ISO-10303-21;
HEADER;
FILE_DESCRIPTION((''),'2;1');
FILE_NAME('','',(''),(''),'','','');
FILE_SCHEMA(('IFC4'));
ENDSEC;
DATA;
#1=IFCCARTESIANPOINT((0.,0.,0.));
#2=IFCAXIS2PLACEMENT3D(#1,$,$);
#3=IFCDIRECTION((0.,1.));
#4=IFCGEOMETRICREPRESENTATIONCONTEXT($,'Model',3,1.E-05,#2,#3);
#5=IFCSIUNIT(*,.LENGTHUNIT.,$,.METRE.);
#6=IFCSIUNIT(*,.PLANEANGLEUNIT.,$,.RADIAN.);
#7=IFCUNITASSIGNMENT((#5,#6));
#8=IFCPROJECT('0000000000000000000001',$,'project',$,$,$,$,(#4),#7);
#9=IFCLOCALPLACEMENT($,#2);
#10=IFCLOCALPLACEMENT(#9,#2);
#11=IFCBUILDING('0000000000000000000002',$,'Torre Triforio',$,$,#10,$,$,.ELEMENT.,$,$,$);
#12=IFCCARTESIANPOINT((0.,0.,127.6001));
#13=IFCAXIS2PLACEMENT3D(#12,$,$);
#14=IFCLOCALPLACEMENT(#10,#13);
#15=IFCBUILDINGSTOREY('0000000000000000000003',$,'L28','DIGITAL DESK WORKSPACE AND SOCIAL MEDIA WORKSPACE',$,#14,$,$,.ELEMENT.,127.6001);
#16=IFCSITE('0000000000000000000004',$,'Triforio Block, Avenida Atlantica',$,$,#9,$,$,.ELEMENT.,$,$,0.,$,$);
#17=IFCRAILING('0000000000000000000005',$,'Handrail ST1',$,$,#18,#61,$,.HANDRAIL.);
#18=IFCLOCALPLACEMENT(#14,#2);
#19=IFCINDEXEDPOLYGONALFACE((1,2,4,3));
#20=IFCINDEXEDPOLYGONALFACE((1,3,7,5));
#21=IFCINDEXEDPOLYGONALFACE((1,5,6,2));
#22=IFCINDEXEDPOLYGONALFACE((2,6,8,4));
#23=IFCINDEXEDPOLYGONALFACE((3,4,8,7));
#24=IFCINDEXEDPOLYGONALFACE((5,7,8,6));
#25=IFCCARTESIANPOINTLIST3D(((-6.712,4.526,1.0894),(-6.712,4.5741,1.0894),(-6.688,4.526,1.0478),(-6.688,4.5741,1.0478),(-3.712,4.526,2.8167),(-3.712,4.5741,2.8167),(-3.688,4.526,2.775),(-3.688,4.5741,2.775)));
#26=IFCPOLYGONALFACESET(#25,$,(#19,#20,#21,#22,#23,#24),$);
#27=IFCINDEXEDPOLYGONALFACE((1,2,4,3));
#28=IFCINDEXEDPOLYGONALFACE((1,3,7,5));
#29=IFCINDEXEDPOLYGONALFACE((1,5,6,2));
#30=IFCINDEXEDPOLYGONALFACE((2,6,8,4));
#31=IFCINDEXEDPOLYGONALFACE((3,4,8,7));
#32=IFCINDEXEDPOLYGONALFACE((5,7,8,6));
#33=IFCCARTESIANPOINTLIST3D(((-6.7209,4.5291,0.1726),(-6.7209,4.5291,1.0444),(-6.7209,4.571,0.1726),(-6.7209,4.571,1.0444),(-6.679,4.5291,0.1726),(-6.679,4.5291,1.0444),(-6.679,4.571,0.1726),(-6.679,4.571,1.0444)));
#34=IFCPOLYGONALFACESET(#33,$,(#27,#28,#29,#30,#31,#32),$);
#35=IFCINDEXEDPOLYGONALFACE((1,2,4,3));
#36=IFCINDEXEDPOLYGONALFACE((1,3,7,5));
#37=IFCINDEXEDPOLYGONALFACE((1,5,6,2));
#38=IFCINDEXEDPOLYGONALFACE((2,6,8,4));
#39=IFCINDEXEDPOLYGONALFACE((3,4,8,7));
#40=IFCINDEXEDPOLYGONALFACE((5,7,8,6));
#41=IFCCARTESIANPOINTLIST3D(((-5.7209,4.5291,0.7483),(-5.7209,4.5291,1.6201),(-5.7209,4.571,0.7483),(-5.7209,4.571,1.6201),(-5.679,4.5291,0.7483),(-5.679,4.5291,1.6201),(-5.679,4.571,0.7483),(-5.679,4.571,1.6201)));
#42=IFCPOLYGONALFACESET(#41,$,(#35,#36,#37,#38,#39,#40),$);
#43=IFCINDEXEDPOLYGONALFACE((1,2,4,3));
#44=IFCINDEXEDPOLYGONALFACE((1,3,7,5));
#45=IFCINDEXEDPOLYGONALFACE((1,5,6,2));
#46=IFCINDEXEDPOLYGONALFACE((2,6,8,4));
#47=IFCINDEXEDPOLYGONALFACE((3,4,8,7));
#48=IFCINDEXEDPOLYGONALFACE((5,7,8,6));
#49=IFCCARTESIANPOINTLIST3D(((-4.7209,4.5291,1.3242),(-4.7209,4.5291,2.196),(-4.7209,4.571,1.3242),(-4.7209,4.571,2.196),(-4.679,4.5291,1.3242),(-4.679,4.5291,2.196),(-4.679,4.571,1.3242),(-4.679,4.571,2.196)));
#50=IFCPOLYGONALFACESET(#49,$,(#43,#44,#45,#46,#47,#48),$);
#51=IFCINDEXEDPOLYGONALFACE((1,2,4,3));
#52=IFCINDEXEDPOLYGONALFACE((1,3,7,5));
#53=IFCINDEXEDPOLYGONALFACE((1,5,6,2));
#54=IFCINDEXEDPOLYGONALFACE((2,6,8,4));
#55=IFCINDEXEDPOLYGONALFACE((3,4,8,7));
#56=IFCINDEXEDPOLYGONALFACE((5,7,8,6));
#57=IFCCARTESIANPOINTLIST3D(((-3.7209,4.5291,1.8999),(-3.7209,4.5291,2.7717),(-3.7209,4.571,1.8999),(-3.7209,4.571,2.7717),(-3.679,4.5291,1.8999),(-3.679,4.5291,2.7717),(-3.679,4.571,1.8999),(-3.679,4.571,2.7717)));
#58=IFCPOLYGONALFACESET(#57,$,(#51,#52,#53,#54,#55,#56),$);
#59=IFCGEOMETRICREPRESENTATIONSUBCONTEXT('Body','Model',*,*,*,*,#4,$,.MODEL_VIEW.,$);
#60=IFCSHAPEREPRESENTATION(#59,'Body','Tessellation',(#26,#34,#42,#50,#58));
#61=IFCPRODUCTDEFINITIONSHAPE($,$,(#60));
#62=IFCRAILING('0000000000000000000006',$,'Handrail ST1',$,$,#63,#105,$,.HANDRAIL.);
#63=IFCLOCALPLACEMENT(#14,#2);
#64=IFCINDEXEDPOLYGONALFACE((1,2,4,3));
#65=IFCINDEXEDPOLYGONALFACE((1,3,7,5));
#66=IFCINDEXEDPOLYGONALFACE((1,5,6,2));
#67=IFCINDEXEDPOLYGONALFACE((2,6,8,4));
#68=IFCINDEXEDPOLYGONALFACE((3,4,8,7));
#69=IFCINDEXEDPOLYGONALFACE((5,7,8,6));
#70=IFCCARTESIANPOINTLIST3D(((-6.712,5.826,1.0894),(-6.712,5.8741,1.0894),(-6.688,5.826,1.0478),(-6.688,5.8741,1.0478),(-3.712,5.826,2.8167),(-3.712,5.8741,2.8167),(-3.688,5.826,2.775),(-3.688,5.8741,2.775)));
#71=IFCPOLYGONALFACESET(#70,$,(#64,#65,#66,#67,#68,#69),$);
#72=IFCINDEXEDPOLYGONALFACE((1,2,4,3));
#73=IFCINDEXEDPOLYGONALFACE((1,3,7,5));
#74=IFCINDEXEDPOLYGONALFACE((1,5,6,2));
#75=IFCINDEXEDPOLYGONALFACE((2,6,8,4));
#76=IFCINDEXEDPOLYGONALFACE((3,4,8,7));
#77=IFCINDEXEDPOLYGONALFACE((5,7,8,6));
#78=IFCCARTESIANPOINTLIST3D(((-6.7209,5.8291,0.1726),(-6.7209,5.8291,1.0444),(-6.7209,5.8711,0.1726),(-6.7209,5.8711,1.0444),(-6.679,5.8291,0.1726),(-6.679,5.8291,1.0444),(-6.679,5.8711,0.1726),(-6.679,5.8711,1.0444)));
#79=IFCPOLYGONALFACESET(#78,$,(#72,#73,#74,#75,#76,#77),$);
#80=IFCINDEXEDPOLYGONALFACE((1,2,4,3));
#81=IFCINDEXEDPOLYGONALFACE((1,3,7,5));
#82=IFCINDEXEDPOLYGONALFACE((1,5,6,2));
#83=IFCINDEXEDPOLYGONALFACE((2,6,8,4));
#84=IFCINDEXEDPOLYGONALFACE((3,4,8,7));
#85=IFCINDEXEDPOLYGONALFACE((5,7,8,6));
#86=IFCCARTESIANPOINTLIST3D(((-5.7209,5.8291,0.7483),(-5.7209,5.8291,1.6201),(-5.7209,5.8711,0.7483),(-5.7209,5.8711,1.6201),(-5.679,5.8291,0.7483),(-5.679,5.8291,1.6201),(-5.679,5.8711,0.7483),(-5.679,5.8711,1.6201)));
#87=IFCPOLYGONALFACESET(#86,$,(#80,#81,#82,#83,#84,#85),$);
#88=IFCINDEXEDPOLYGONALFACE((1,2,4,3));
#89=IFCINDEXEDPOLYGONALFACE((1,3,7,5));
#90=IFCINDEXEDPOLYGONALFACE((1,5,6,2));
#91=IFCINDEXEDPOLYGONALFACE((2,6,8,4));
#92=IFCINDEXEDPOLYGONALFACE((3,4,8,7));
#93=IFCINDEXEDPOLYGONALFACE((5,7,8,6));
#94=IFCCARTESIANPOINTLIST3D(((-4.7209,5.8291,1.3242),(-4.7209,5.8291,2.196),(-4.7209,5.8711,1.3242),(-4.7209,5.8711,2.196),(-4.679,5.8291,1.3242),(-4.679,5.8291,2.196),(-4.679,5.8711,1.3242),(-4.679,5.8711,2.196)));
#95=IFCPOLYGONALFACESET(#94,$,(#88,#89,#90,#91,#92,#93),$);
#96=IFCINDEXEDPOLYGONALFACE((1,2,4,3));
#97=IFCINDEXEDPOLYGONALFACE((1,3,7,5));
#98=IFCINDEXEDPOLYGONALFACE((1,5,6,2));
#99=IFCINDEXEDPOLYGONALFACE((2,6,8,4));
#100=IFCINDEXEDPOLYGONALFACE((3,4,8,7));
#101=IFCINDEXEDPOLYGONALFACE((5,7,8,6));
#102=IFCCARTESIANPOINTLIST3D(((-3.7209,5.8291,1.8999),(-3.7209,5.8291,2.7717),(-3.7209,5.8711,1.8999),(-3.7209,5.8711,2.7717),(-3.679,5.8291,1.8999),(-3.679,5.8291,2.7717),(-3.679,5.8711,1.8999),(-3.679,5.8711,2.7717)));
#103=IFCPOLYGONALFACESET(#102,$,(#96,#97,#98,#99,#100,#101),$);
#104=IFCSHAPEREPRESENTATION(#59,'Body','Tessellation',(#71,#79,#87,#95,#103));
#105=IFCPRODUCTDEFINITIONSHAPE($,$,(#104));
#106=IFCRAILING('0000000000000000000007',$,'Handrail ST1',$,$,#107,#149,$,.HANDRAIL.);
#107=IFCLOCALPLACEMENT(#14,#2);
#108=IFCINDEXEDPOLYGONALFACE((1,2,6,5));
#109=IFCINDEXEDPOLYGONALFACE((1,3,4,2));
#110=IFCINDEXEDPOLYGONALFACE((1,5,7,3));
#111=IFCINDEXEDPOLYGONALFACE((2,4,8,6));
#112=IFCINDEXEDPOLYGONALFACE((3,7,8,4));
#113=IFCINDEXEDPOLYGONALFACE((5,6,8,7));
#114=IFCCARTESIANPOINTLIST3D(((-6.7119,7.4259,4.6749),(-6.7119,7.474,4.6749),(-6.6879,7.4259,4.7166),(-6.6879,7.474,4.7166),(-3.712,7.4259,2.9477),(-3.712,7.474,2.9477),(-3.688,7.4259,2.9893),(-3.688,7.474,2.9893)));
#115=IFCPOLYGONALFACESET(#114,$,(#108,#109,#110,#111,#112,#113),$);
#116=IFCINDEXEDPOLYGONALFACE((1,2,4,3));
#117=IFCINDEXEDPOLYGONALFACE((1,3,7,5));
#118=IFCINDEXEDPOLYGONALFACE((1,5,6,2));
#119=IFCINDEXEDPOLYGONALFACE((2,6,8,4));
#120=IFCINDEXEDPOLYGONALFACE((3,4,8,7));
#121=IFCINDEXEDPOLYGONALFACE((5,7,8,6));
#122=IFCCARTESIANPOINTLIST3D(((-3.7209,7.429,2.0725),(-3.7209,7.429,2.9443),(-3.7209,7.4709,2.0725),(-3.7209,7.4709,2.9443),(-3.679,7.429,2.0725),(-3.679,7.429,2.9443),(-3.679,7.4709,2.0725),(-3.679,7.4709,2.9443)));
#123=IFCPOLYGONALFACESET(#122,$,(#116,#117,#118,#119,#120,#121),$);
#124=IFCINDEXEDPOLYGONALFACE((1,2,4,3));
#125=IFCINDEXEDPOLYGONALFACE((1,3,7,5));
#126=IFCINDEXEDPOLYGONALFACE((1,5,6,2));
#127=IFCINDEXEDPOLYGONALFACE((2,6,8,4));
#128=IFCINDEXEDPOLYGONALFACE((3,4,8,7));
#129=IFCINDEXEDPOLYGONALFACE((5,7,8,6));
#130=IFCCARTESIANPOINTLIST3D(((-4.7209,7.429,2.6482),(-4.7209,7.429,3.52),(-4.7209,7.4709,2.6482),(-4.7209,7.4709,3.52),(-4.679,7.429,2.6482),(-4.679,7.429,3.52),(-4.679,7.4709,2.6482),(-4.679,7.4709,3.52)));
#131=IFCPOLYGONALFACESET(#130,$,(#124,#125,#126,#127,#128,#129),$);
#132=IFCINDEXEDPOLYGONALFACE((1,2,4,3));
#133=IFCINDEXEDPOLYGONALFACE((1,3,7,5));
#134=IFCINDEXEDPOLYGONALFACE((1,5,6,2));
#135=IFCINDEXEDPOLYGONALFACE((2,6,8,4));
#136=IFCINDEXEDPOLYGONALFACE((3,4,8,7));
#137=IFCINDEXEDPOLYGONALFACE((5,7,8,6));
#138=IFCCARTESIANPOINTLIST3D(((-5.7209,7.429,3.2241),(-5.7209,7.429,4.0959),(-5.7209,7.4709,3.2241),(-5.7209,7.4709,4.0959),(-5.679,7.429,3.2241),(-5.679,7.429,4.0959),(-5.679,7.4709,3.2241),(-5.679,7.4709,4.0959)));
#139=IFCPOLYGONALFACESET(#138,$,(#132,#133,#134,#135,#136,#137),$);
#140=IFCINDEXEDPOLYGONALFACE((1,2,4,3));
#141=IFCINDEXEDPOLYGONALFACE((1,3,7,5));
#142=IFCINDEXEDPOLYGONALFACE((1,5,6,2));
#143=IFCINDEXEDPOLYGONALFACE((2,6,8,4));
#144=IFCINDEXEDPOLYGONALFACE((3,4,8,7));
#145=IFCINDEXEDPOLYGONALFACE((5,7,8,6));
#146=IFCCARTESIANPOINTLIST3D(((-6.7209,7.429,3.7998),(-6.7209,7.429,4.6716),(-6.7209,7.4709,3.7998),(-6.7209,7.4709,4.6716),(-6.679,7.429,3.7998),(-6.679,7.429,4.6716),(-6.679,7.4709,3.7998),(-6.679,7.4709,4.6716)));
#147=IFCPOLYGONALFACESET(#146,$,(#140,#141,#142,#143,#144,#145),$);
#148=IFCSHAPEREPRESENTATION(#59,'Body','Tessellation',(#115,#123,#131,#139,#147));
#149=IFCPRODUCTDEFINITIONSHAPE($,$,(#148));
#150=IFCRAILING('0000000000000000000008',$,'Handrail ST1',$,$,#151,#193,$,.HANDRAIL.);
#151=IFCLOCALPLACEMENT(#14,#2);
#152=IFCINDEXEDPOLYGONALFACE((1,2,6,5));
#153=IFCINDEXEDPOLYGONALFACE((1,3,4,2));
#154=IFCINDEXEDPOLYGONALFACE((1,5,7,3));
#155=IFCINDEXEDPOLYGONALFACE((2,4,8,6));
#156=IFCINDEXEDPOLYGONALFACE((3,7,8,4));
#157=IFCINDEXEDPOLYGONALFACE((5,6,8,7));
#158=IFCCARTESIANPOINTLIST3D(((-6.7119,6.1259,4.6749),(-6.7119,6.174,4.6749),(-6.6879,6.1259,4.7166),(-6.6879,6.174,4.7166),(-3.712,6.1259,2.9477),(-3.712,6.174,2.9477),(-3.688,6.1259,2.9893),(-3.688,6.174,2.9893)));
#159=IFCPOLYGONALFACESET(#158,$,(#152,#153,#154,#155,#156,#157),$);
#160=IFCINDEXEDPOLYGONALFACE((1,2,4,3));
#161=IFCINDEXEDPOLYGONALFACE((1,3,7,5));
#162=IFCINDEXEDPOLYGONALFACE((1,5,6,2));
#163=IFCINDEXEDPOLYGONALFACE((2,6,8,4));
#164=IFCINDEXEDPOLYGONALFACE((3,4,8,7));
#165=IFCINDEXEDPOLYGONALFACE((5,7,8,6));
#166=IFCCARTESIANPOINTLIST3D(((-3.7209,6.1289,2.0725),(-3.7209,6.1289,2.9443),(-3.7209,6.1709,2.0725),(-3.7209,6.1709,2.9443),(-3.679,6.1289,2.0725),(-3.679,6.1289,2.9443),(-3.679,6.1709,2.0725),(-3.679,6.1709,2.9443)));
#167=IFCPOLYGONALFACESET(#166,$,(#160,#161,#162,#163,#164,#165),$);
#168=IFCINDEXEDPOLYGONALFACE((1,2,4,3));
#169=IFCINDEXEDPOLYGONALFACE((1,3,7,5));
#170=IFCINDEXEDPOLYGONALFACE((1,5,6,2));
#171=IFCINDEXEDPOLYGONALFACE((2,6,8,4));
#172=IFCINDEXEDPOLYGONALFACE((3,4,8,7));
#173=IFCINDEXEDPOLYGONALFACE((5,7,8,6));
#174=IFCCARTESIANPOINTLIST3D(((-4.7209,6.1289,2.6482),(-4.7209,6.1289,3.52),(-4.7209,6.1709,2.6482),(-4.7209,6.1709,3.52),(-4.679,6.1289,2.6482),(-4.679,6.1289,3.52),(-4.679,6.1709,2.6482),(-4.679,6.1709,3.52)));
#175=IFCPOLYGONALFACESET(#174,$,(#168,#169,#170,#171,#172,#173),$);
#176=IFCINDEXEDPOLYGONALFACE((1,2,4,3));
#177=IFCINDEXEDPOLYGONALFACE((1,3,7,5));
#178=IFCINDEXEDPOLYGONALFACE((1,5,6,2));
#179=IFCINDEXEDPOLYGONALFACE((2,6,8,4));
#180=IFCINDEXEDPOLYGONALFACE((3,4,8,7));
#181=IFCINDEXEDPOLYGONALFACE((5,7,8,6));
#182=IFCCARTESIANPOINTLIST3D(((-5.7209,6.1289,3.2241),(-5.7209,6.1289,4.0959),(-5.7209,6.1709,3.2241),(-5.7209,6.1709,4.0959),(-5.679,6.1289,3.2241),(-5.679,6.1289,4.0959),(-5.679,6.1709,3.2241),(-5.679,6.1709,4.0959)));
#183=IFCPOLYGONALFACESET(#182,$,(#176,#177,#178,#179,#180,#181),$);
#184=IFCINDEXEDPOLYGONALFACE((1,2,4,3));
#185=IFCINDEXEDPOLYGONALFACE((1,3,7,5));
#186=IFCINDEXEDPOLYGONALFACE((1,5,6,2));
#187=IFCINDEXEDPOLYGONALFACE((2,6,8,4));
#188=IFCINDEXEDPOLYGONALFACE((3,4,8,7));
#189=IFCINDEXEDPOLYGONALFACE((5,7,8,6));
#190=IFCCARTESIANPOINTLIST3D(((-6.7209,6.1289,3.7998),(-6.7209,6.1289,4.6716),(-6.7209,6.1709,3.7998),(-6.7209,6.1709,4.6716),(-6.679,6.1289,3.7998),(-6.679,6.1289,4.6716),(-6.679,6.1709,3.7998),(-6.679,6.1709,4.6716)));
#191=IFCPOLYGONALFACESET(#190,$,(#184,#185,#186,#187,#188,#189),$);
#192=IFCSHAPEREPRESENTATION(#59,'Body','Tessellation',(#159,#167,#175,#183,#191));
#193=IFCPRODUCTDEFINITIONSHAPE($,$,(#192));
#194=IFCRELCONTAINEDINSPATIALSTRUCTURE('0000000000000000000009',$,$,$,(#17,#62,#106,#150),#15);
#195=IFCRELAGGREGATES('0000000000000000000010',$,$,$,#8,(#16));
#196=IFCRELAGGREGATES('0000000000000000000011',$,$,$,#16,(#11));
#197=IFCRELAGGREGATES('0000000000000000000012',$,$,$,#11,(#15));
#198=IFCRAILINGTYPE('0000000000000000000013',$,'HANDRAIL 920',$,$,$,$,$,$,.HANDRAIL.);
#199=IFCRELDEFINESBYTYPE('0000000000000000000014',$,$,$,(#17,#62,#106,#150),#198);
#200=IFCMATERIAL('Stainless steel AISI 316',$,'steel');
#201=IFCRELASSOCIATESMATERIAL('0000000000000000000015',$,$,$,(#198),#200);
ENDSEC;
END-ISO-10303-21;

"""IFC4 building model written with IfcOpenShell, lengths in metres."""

from ifc_helpers import new_model, si_unit, direction, frame, origin, origin_2d, place, context, subcontext, project, spatial, rectangle, extrude, material, type_object, element, save


model = new_model("IFC4")

# Units and contexts
model_context = context("Model", 3, precision=1e-05, world=origin(), true_north=direction((0.0, 1.0)))
body_context = subcontext(model_context, "Body", "Model", "MODEL_VIEW")
ifc_project = project(units=[si_unit("LENGTHUNIT", "METRE"), si_unit("PLANEANGLEUNIT", "RADIAN")], contexts=[model_context])

# Site, building, storey
site_placement = place(None, origin())
site = spatial("IfcSite", under=ifc_project, at=site_placement, Name="Triforio Block, Avenida Atlantica", CompositionType="ELEMENT", RefElevation=0.0)
building_placement = place(site_placement, origin())
building = spatial("IfcBuilding", under=site, at=building_placement, Name="Torre Triforio", CompositionType="ELEMENT")
storey_placement = place(building_placement, frame((0.0, 0.0, 127.6001)))
storey = spatial("IfcBuildingStorey", under=building, at=storey_placement, Name="L28", Description="DIGITAL DESK WORKSPACE AND SOCIAL MEDIA WORKSPACE", CompositionType="ELEMENT", Elevation=127.6001)

# Railings
ifc_material_1 = material(Name="Stainless steel AISI 316", Category="steel")
railing_type = type_object("IfcRailingType", Name="HANDRAIL 920", PredefinedType="HANDRAIL", material=ifc_material_1)
for number, where, name in (
    (1, (-6.7, 4.55, 0.1726), "Handrail ST1"),
    (2, (-6.7, 5.8501, 0.1726), "Handrail ST1"),
):
    element("IfcRailing", number, at=place(storey_placement, frame(where)), inside=storey, type_object=railing_type, Name=name, PredefinedType="HANDRAIL", context=body_context, shape_type="SweptSolid", body=[
        extrude(rectangle(XDim=0.0481, YDim=0.0481, at=origin_2d()), frame((0.0, 0.0, 0.896), z_axis=(0.86662, 0.0, 0.498969), x_axis=(0.0, 1.0, 0.0)), (0.0, 0.0, 1.0), 3.4617),
        extrude(rectangle(XDim=0.042, YDim=0.042, at=origin_2d()), origin(), (0.0, 0.0, 1.0), 0.8718),
        extrude(rectangle(XDim=0.042, YDim=0.042, at=origin_2d()), frame((1.0, 0.0, 0.5757)), (0.0, 0.0, 1.0), 0.8718),
        extrude(rectangle(XDim=0.042, YDim=0.042, at=origin_2d()), frame((2.0, 0.0, 1.1516)), (0.0, 0.0, 1.0), 0.8718),
        extrude(rectangle(XDim=0.042, YDim=0.042, at=origin_2d()), frame((3.0, 0.0, 1.7273)), (0.0, 0.0, 1.0), 0.8718),
    ])
for number, where, name in (
    (3, (-3.7, 7.45, 2.0725), "Handrail ST1"),
    (4, (-3.7, 6.1499, 2.0725), "Handrail ST1"),
):
    element("IfcRailing", number, at=place(storey_placement, frame(where)), inside=storey, type_object=railing_type, Name=name, PredefinedType="HANDRAIL", context=body_context, shape_type="SweptSolid", body=[
        extrude(rectangle(XDim=0.0481, YDim=0.0481, at=origin_2d()), frame((0.0, 0.0, 0.896), z_axis=(-0.86662, 0.0, 0.498969), x_axis=(0.0, -1.0, 0.0)), (0.0, 0.0, 1.0), 3.4617),
        extrude(rectangle(XDim=0.042, YDim=0.042, at=origin_2d()), origin(), (0.0, 0.0, 1.0), 0.8718),
        extrude(rectangle(XDim=0.042, YDim=0.042, at=origin_2d()), frame((-1.0, 0.0, 0.5757)), (0.0, 0.0, 1.0), 0.8718),
        extrude(rectangle(XDim=0.042, YDim=0.042, at=origin_2d()), frame((-2.0, 0.0, 1.1516)), (0.0, 0.0, 1.0), 0.8718),
        extrude(rectangle(XDim=0.042, YDim=0.042, at=origin_2d()), frame((-3.0, 0.0, 1.7273)), (0.0, 0.0, 1.0), 0.8718),
    ])

save(model, "model.ifc")
